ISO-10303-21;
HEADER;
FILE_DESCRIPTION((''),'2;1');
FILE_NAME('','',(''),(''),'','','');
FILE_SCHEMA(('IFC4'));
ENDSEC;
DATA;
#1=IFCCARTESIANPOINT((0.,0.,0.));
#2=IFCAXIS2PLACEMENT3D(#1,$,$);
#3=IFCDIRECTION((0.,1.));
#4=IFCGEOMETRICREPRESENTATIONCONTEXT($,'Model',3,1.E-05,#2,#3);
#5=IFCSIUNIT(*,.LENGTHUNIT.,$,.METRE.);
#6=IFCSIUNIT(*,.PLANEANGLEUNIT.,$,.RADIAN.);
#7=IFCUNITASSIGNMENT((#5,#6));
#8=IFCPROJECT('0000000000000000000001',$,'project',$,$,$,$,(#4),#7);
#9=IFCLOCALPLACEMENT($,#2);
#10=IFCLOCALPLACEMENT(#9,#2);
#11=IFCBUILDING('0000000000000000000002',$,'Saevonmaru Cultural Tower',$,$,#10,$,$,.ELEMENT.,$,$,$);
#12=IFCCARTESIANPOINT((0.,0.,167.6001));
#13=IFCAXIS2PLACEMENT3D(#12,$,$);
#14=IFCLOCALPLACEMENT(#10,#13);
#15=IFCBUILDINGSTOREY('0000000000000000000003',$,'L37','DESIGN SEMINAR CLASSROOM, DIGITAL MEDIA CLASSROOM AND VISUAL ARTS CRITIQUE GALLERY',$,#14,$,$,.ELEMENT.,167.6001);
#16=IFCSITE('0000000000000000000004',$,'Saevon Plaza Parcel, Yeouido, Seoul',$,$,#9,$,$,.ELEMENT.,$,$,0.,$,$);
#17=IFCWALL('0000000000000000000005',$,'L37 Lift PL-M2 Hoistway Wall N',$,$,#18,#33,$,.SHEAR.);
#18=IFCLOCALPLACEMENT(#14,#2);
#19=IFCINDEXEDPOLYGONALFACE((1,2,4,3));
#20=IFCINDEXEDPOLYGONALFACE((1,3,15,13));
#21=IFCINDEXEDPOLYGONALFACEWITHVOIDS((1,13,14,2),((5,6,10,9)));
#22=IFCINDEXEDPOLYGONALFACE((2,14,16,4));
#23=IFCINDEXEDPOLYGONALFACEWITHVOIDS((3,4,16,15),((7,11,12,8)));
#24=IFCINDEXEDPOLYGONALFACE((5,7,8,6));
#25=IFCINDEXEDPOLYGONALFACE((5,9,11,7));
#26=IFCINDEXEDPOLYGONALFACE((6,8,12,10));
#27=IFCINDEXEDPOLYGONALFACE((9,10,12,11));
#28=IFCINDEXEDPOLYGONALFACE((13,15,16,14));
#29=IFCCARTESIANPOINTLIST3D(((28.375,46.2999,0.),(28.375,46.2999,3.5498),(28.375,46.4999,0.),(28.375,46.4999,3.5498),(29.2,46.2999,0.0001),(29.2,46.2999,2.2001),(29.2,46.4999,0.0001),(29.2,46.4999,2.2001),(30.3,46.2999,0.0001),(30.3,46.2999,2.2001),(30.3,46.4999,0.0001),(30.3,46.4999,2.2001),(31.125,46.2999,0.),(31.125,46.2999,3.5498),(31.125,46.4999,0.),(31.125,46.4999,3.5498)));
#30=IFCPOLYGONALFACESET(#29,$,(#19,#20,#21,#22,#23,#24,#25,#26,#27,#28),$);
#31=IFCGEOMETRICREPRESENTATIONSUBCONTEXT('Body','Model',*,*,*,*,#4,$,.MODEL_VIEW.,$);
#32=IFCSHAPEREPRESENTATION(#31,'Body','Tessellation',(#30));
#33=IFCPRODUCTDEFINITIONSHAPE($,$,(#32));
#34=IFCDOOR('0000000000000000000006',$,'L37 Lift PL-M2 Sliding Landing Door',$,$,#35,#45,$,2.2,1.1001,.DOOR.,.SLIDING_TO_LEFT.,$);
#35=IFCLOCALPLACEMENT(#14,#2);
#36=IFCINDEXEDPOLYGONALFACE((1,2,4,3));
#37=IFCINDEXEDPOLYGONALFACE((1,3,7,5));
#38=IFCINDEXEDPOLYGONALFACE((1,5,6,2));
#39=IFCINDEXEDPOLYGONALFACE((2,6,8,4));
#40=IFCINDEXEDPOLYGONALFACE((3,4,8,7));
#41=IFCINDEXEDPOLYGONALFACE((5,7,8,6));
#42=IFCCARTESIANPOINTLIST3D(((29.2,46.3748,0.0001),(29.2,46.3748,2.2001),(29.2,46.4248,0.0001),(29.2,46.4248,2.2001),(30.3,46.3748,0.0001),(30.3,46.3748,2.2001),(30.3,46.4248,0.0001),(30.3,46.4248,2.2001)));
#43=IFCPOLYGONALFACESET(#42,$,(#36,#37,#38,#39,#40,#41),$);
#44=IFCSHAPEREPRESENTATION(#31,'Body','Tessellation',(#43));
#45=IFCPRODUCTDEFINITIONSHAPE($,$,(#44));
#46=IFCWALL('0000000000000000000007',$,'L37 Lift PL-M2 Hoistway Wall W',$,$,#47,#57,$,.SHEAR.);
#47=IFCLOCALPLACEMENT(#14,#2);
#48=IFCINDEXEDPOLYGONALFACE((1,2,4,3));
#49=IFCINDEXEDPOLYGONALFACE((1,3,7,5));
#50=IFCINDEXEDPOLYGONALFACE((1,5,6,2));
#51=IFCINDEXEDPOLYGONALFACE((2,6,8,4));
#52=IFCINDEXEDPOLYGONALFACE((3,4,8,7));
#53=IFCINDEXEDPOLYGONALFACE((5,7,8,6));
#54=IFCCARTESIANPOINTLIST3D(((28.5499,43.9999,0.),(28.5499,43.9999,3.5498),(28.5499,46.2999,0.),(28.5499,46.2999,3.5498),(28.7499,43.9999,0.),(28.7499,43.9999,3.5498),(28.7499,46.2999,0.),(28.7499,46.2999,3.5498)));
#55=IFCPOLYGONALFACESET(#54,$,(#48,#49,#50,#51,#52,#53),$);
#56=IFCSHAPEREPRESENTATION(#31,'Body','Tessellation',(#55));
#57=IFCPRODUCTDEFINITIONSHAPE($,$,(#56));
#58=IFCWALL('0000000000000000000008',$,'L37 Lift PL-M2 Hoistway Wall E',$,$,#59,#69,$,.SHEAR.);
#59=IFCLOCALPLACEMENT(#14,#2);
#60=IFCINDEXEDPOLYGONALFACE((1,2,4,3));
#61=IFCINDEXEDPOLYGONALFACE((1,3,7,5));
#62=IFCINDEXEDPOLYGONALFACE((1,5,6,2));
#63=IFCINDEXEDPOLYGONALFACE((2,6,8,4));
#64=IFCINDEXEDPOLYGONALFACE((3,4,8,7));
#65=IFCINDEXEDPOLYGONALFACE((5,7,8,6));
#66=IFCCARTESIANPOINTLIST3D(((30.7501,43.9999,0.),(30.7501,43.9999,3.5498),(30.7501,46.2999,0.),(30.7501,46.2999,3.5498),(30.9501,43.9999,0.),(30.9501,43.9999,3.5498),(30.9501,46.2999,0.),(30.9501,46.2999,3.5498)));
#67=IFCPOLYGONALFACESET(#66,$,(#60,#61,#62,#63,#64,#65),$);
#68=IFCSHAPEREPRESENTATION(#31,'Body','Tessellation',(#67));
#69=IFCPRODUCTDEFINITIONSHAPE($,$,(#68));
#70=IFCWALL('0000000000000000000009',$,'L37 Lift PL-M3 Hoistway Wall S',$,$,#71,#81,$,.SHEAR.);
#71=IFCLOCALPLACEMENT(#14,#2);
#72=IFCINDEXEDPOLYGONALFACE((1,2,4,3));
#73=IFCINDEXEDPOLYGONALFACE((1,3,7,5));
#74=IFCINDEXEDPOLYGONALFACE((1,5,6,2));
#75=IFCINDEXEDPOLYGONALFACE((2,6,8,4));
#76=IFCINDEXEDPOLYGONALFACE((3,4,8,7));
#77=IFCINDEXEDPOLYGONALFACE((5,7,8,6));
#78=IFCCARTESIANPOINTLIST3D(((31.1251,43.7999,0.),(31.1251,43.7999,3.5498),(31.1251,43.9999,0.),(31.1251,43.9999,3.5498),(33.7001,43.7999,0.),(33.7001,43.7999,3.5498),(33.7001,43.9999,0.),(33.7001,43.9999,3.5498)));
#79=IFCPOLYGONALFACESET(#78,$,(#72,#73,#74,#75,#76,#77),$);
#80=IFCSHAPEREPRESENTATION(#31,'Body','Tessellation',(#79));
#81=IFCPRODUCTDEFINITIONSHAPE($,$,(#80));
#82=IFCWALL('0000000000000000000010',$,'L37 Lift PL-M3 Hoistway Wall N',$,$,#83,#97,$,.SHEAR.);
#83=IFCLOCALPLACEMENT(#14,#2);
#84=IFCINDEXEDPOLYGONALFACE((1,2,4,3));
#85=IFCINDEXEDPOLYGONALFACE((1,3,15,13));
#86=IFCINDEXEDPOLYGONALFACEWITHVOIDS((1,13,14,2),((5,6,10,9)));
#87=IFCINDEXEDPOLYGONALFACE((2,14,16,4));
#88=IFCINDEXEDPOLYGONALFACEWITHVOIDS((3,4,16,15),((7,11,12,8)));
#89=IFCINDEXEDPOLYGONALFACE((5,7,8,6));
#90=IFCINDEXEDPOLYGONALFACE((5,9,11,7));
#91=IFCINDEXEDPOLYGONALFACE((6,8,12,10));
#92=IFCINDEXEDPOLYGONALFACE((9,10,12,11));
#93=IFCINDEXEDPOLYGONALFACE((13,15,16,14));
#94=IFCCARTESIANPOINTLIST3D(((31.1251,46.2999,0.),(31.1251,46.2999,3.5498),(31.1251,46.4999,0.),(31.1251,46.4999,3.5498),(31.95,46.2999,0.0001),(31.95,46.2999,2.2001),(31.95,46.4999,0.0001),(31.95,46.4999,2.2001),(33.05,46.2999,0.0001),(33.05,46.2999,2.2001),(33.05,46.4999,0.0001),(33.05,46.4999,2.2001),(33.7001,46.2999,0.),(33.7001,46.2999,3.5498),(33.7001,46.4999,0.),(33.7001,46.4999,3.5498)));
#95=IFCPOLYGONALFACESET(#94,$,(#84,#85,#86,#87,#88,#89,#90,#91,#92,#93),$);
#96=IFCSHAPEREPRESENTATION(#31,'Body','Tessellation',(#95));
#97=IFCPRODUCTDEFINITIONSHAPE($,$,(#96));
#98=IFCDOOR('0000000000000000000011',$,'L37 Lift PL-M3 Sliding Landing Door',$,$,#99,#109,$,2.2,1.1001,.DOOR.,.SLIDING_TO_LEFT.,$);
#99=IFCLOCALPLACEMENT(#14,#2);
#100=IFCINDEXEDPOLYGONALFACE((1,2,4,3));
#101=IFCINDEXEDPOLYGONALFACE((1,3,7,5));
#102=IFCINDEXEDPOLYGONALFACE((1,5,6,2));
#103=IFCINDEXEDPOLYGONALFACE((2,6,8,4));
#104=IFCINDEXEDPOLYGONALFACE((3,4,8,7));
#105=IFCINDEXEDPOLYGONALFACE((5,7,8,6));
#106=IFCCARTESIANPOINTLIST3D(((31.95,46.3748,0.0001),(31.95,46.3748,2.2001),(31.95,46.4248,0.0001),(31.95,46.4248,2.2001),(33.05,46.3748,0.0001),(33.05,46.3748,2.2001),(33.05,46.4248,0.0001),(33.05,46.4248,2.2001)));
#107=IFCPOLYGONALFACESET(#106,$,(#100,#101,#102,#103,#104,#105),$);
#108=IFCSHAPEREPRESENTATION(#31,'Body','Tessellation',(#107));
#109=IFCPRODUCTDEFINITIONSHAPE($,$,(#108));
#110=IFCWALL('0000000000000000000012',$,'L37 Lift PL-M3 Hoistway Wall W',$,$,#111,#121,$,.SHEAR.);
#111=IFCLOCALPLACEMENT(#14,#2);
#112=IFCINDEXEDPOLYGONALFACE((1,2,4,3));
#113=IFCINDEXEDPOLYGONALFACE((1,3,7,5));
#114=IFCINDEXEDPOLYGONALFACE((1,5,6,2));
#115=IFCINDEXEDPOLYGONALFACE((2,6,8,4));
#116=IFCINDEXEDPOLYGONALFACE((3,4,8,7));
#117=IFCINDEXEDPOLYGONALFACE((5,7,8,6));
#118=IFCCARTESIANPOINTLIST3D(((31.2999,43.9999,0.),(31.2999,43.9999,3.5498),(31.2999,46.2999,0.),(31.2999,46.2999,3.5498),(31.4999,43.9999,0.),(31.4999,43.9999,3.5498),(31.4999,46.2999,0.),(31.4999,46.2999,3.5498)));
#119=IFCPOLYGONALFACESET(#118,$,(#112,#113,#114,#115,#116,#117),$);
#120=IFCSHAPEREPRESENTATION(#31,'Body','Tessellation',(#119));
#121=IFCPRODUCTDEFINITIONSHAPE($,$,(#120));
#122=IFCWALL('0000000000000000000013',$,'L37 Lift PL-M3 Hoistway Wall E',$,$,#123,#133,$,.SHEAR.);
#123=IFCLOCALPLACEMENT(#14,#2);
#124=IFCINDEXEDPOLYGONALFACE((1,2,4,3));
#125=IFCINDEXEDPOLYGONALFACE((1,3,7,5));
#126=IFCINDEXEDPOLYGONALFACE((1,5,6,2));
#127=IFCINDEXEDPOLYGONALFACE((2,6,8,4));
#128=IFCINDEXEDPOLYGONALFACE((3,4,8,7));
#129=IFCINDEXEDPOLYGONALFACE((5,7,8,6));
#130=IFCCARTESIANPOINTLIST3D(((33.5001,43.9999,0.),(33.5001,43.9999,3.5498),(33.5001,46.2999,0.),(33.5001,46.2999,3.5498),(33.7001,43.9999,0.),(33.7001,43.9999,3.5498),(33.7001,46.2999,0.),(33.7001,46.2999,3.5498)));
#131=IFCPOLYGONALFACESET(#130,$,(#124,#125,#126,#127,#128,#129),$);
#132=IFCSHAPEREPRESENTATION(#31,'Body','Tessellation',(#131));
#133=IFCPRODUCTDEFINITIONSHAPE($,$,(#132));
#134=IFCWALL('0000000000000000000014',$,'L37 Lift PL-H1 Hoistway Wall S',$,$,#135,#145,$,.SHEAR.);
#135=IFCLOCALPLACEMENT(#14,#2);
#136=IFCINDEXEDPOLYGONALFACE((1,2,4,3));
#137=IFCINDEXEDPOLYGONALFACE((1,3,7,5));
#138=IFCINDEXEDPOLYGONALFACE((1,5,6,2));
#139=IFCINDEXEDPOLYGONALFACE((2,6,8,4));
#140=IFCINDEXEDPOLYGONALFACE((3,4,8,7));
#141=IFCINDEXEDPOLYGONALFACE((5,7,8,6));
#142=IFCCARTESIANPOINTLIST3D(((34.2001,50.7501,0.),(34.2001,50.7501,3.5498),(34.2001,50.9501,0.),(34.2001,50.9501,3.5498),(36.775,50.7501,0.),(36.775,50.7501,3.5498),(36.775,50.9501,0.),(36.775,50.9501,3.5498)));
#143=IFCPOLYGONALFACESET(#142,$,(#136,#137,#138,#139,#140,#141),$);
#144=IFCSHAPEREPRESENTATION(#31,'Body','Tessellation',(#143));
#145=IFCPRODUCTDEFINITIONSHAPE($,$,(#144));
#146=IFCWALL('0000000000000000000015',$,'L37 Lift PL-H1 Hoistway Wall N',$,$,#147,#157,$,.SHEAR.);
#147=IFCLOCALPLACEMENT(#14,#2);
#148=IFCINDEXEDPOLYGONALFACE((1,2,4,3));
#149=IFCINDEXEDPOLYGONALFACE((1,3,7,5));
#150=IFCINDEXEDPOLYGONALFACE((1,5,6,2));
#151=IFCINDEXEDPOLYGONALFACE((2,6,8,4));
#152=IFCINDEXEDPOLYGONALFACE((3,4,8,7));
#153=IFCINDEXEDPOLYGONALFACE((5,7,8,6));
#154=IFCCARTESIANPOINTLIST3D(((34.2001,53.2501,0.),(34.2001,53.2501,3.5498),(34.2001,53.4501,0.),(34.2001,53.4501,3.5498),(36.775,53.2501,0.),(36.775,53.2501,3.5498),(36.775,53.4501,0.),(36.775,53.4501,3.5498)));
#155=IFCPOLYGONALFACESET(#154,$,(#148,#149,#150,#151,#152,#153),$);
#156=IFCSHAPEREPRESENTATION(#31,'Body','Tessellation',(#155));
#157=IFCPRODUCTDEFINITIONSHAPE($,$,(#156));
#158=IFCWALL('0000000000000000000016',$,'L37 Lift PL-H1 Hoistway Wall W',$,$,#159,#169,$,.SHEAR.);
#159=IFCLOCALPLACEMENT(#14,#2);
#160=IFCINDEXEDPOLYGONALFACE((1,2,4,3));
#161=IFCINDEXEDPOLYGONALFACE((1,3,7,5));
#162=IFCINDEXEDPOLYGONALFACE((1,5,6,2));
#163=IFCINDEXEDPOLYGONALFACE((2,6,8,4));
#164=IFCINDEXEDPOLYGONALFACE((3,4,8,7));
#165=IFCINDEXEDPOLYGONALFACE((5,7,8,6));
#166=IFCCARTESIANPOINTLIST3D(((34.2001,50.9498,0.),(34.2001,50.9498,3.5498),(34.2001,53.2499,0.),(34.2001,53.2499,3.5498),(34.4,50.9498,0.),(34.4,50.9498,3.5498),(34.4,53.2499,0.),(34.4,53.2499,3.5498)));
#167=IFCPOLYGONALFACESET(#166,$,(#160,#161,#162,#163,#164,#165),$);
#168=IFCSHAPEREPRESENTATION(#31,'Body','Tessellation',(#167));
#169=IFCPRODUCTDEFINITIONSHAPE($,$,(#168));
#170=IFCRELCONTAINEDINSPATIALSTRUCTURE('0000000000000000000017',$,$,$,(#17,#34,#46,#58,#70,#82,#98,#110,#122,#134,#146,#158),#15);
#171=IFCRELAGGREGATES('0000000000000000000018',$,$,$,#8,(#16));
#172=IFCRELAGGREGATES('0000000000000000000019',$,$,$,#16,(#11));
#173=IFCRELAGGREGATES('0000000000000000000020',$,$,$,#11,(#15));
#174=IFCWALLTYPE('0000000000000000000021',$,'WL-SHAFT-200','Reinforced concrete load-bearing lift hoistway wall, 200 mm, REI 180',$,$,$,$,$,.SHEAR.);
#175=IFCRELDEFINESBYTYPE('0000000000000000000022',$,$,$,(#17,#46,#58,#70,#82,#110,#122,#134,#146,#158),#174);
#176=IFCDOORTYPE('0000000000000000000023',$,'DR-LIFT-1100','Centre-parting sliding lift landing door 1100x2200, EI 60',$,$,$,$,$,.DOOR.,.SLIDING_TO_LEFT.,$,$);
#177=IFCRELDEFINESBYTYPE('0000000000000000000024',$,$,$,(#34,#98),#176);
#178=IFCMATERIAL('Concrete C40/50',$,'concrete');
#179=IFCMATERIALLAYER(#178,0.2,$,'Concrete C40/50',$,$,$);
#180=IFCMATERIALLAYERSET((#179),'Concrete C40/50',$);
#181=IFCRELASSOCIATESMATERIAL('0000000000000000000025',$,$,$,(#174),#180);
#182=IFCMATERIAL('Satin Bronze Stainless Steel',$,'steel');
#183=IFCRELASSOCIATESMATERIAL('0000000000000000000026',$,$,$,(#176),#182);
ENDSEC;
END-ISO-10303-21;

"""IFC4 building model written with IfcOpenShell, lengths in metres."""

from ifc_helpers import new_model, si_unit, direction, frame, frame_2d, origin, place, context, subcontext, project, spatial, rectangle, extrude, material, layer, layer_set, type_object, element, fill, save


model = new_model("IFC4")

# Units and contexts
model_context = context("Model", 3, precision=1e-05, world=origin(), true_north=direction((0.0, 1.0)))
body_context = subcontext(model_context, "Body", "Model", "MODEL_VIEW")
ifc_project = project(units=[si_unit("LENGTHUNIT", "METRE"), si_unit("PLANEANGLEUNIT", "RADIAN")], contexts=[model_context])

# Site, building, storey
site_placement = place(None, origin())
site = spatial("IfcSite", under=ifc_project, at=site_placement, Name="Saevon Plaza Parcel, Yeouido, Seoul", CompositionType="ELEMENT", RefElevation=0.0)
building_placement = place(site_placement, origin())
building = spatial("IfcBuilding", under=site, at=building_placement, Name="Saevonmaru Cultural Tower", CompositionType="ELEMENT")
storey_placement = place(building_placement, frame((0.0, 0.0, 167.6001)))
storey = spatial("IfcBuildingStorey", under=building, at=storey_placement, Name="L37", Description="DESIGN SEMINAR CLASSROOM, DIGITAL MEDIA CLASSROOM AND VISUAL ARTS CRITIQUE GALLERY", CompositionType="ELEMENT", Elevation=167.6001)

# Shared definitions
ifc_material_1 = material(Name="Concrete C40/50", Category="concrete")
ifc_layer_1 = layer(ifc_material_1, 0.2, Name="Concrete C40/50")
ifc_layer_set_1 = layer_set([ifc_layer_1], Name="Concrete C40/50")
wall_type_1 = type_object("IfcWallType", Name="WL-SHAFT-200", Description="Reinforced concrete load-bearing lift hoistway wall, 200 mm, REI 180", PredefinedType="SHEAR", material=ifc_layer_set_1)

# Wall, opening, door
wall_1_placement = place(storey_placement, frame((28.375, 46.3999, 0.0), z_axis=(0.0, 0.0, 1.0), x_axis=(1.0, 0.0, 0.0)))
wall_1 = element("IfcWall", 1, at=wall_1_placement, inside=storey, type_object=wall_type_1, Name="L37 Lift PL-M2 Hoistway Wall N", PredefinedType="SHEAR", context=body_context, shape_type="SweptSolid", body=[
    extrude(rectangle(XDim=2.75, YDim=0.2, at=frame_2d((1.375, 0.0))), origin(), (0.0, 0.0, 1.0), 3.5498),
])
opening_1_placement = place(wall_1_placement, frame((0.825, 0.0, 0.0)))
opening_1 = element("IfcOpeningElement", 2, at=opening_1_placement, cuts=wall_1, PredefinedType="OPENING", context=body_context, shape_type="SweptSolid", body=[
    extrude(rectangle(XDim=1.1001, YDim=2.2, at=frame_2d((0.55, 1.1001))), frame((0.0, 0.1099, 0.0), z_axis=(0.0, -1.0, 0.0), x_axis=(1.0, 0.0, 0.0)), (0.0, 0.0, 1.0), 0.22),
])
ifc_material_2 = material(Name="Satin Bronze Stainless Steel", Category="steel")
door_type = type_object("IfcDoorType", Name="DR-LIFT-1100", Description="Centre-parting sliding lift landing door 1100x2200, EI 60", OperationType="SLIDING_TO_LEFT", PredefinedType="DOOR", material=ifc_material_2)
door_1_placement = place(opening_1_placement, origin())
door_1 = element("IfcDoor", 3, at=door_1_placement, inside=storey, type_object=door_type, Name="L37 Lift PL-M2 Sliding Landing Door", OperationType="SLIDING_TO_LEFT", OverallHeight=2.2, OverallWidth=1.1001, PredefinedType="DOOR", context=body_context, shape_type="SweptSolid", body=[
    extrude(rectangle(XDim=1.1001, YDim=2.2, at=frame_2d((0.55, 1.1001))), frame((0.0, 0.0249, 0.0), z_axis=(0.0, -1.0, 0.0), x_axis=(1.0, 0.0, 0.0)), (0.0, 0.0, 1.0), 0.05),
])
fill(opening_1, door_1)

# Walls
for number, where, z_axis, x_axis, name in (
    (4, (28.6499, 44.0, 0.0), (0.0, 0.0, 1.0), (0.0, 1.0, 0.0), "L37 Lift PL-M2 Hoistway Wall W"),
    (5, (30.8501, 44.0, 0.0), (0.0, 0.0, 1.0), (0.0, 1.0, 0.0), "L37 Lift PL-M2 Hoistway Wall E"),
):
    element("IfcWall", number, at=place(storey_placement, frame(where, z_axis=z_axis, x_axis=x_axis)), inside=storey, type_object=wall_type_1, Name=name, PredefinedType="SHEAR", context=body_context, shape_type="SweptSolid", body=[
        extrude(rectangle(XDim=2.3, YDim=0.2, at=frame_2d((1.1499, 0.0))), origin(), (0.0, 0.0, 1.0), 3.5498),
    ])
wall_2_placement = place(storey_placement, frame((31.125, 43.8999, 0.0), z_axis=(0.0, 0.0, 1.0), x_axis=(1.0, 0.0, 0.0)))
element("IfcWall", 6, at=wall_2_placement, inside=storey, type_object=wall_type_1, Name="L37 Lift PL-M3 Hoistway Wall S", PredefinedType="SHEAR", context=body_context, shape_type="SweptSolid", body=[
    extrude(rectangle(XDim=2.575, YDim=0.2, at=frame_2d((1.2876, 0.0))), origin(), (0.0, 0.0, 1.0), 3.5498),
])

# Wall, opening, door
wall_3_placement = place(storey_placement, frame((31.125, 46.3999, 0.0), z_axis=(0.0, 0.0, 1.0), x_axis=(1.0, 0.0, 0.0)))
wall_3 = element("IfcWall", 7, at=wall_3_placement, inside=storey, type_object=wall_type_1, Name="L37 Lift PL-M3 Hoistway Wall N", PredefinedType="SHEAR", context=body_context, shape_type="SweptSolid", body=[
    extrude(rectangle(XDim=2.575, YDim=0.2, at=frame_2d((1.2876, 0.0))), origin(), (0.0, 0.0, 1.0), 3.5498),
])
opening_2_placement = place(wall_3_placement, frame((0.825, 0.0, 0.0)))
opening_2 = element("IfcOpeningElement", 8, at=opening_2_placement, cuts=wall_3, PredefinedType="OPENING", context=body_context, shape_type="SweptSolid", body=[
    extrude(rectangle(XDim=1.1001, YDim=2.2, at=frame_2d((0.55, 1.1001))), frame((0.0, 0.1099, 0.0), z_axis=(0.0, -1.0, 0.0), x_axis=(1.0, 0.0, 0.0)), (0.0, 0.0, 1.0), 0.22),
])
door_2_placement = place(opening_2_placement, origin())
door_2 = element("IfcDoor", 9, at=door_2_placement, inside=storey, type_object=door_type, Name="L37 Lift PL-M3 Sliding Landing Door", OperationType="SLIDING_TO_LEFT", OverallHeight=2.2, OverallWidth=1.1001, PredefinedType="DOOR", context=body_context, shape_type="SweptSolid", body=[
    extrude(rectangle(XDim=1.1001, YDim=2.2, at=frame_2d((0.55, 1.1001))), frame((0.0, 0.0249, 0.0), z_axis=(0.0, -1.0, 0.0), x_axis=(1.0, 0.0, 0.0)), (0.0, 0.0, 1.0), 0.05),
])
fill(opening_2, door_2)

# Walls
for number, where, z_axis, x_axis, name in (
    (10, (31.3999, 44.0, 0.0), (0.0, 0.0, 1.0), (0.0, 1.0, 0.0), "L37 Lift PL-M3 Hoistway Wall W"),
    (11, (33.6001, 44.0, 0.0), (0.0, 0.0, 1.0), (0.0, 1.0, 0.0), "L37 Lift PL-M3 Hoistway Wall E"),
):
    element("IfcWall", number, at=place(storey_placement, frame(where, z_axis=z_axis, x_axis=x_axis)), inside=storey, type_object=wall_type_1, Name=name, PredefinedType="SHEAR", context=body_context, shape_type="SweptSolid", body=[
        extrude(rectangle(XDim=2.3, YDim=0.2, at=frame_2d((1.1499, 0.0))), origin(), (0.0, 0.0, 1.0), 3.5498),
    ])
for number, where, z_axis, x_axis, name in (
    (12, (34.2, 50.8501, 0.0), (0.0, 0.0, 1.0), (1.0, 0.0, 0.0), "L37 Lift PL-H1 Hoistway Wall S"),
    (13, (34.2, 53.3501, 0.0), (0.0, 0.0, 1.0), (1.0, 0.0, 0.0), "L37 Lift PL-H1 Hoistway Wall N"),
):
    element("IfcWall", number, at=place(storey_placement, frame(where, z_axis=z_axis, x_axis=x_axis)), inside=storey, type_object=wall_type_1, Name=name, PredefinedType="SHEAR", context=body_context, shape_type="SweptSolid", body=[
        extrude(rectangle(XDim=2.575, YDim=0.2, at=frame_2d((1.2876, 0.0))), origin(), (0.0, 0.0, 1.0), 3.5498),
    ])
wall_4_placement = place(storey_placement, frame((34.3, 50.95, 0.0), z_axis=(0.0, 0.0, 1.0), x_axis=(0.0, 1.0, 0.0)))
element("IfcWall", 14, at=wall_4_placement, inside=storey, type_object=wall_type_1, Name="L37 Lift PL-H1 Hoistway Wall W", PredefinedType="SHEAR", context=body_context, shape_type="SweptSolid", body=[
    extrude(rectangle(XDim=2.3, YDim=0.2, at=frame_2d((1.1499, 0.0))), origin(), (0.0, 0.0, 1.0), 3.5498),
])

save(model, "model.ifc")
